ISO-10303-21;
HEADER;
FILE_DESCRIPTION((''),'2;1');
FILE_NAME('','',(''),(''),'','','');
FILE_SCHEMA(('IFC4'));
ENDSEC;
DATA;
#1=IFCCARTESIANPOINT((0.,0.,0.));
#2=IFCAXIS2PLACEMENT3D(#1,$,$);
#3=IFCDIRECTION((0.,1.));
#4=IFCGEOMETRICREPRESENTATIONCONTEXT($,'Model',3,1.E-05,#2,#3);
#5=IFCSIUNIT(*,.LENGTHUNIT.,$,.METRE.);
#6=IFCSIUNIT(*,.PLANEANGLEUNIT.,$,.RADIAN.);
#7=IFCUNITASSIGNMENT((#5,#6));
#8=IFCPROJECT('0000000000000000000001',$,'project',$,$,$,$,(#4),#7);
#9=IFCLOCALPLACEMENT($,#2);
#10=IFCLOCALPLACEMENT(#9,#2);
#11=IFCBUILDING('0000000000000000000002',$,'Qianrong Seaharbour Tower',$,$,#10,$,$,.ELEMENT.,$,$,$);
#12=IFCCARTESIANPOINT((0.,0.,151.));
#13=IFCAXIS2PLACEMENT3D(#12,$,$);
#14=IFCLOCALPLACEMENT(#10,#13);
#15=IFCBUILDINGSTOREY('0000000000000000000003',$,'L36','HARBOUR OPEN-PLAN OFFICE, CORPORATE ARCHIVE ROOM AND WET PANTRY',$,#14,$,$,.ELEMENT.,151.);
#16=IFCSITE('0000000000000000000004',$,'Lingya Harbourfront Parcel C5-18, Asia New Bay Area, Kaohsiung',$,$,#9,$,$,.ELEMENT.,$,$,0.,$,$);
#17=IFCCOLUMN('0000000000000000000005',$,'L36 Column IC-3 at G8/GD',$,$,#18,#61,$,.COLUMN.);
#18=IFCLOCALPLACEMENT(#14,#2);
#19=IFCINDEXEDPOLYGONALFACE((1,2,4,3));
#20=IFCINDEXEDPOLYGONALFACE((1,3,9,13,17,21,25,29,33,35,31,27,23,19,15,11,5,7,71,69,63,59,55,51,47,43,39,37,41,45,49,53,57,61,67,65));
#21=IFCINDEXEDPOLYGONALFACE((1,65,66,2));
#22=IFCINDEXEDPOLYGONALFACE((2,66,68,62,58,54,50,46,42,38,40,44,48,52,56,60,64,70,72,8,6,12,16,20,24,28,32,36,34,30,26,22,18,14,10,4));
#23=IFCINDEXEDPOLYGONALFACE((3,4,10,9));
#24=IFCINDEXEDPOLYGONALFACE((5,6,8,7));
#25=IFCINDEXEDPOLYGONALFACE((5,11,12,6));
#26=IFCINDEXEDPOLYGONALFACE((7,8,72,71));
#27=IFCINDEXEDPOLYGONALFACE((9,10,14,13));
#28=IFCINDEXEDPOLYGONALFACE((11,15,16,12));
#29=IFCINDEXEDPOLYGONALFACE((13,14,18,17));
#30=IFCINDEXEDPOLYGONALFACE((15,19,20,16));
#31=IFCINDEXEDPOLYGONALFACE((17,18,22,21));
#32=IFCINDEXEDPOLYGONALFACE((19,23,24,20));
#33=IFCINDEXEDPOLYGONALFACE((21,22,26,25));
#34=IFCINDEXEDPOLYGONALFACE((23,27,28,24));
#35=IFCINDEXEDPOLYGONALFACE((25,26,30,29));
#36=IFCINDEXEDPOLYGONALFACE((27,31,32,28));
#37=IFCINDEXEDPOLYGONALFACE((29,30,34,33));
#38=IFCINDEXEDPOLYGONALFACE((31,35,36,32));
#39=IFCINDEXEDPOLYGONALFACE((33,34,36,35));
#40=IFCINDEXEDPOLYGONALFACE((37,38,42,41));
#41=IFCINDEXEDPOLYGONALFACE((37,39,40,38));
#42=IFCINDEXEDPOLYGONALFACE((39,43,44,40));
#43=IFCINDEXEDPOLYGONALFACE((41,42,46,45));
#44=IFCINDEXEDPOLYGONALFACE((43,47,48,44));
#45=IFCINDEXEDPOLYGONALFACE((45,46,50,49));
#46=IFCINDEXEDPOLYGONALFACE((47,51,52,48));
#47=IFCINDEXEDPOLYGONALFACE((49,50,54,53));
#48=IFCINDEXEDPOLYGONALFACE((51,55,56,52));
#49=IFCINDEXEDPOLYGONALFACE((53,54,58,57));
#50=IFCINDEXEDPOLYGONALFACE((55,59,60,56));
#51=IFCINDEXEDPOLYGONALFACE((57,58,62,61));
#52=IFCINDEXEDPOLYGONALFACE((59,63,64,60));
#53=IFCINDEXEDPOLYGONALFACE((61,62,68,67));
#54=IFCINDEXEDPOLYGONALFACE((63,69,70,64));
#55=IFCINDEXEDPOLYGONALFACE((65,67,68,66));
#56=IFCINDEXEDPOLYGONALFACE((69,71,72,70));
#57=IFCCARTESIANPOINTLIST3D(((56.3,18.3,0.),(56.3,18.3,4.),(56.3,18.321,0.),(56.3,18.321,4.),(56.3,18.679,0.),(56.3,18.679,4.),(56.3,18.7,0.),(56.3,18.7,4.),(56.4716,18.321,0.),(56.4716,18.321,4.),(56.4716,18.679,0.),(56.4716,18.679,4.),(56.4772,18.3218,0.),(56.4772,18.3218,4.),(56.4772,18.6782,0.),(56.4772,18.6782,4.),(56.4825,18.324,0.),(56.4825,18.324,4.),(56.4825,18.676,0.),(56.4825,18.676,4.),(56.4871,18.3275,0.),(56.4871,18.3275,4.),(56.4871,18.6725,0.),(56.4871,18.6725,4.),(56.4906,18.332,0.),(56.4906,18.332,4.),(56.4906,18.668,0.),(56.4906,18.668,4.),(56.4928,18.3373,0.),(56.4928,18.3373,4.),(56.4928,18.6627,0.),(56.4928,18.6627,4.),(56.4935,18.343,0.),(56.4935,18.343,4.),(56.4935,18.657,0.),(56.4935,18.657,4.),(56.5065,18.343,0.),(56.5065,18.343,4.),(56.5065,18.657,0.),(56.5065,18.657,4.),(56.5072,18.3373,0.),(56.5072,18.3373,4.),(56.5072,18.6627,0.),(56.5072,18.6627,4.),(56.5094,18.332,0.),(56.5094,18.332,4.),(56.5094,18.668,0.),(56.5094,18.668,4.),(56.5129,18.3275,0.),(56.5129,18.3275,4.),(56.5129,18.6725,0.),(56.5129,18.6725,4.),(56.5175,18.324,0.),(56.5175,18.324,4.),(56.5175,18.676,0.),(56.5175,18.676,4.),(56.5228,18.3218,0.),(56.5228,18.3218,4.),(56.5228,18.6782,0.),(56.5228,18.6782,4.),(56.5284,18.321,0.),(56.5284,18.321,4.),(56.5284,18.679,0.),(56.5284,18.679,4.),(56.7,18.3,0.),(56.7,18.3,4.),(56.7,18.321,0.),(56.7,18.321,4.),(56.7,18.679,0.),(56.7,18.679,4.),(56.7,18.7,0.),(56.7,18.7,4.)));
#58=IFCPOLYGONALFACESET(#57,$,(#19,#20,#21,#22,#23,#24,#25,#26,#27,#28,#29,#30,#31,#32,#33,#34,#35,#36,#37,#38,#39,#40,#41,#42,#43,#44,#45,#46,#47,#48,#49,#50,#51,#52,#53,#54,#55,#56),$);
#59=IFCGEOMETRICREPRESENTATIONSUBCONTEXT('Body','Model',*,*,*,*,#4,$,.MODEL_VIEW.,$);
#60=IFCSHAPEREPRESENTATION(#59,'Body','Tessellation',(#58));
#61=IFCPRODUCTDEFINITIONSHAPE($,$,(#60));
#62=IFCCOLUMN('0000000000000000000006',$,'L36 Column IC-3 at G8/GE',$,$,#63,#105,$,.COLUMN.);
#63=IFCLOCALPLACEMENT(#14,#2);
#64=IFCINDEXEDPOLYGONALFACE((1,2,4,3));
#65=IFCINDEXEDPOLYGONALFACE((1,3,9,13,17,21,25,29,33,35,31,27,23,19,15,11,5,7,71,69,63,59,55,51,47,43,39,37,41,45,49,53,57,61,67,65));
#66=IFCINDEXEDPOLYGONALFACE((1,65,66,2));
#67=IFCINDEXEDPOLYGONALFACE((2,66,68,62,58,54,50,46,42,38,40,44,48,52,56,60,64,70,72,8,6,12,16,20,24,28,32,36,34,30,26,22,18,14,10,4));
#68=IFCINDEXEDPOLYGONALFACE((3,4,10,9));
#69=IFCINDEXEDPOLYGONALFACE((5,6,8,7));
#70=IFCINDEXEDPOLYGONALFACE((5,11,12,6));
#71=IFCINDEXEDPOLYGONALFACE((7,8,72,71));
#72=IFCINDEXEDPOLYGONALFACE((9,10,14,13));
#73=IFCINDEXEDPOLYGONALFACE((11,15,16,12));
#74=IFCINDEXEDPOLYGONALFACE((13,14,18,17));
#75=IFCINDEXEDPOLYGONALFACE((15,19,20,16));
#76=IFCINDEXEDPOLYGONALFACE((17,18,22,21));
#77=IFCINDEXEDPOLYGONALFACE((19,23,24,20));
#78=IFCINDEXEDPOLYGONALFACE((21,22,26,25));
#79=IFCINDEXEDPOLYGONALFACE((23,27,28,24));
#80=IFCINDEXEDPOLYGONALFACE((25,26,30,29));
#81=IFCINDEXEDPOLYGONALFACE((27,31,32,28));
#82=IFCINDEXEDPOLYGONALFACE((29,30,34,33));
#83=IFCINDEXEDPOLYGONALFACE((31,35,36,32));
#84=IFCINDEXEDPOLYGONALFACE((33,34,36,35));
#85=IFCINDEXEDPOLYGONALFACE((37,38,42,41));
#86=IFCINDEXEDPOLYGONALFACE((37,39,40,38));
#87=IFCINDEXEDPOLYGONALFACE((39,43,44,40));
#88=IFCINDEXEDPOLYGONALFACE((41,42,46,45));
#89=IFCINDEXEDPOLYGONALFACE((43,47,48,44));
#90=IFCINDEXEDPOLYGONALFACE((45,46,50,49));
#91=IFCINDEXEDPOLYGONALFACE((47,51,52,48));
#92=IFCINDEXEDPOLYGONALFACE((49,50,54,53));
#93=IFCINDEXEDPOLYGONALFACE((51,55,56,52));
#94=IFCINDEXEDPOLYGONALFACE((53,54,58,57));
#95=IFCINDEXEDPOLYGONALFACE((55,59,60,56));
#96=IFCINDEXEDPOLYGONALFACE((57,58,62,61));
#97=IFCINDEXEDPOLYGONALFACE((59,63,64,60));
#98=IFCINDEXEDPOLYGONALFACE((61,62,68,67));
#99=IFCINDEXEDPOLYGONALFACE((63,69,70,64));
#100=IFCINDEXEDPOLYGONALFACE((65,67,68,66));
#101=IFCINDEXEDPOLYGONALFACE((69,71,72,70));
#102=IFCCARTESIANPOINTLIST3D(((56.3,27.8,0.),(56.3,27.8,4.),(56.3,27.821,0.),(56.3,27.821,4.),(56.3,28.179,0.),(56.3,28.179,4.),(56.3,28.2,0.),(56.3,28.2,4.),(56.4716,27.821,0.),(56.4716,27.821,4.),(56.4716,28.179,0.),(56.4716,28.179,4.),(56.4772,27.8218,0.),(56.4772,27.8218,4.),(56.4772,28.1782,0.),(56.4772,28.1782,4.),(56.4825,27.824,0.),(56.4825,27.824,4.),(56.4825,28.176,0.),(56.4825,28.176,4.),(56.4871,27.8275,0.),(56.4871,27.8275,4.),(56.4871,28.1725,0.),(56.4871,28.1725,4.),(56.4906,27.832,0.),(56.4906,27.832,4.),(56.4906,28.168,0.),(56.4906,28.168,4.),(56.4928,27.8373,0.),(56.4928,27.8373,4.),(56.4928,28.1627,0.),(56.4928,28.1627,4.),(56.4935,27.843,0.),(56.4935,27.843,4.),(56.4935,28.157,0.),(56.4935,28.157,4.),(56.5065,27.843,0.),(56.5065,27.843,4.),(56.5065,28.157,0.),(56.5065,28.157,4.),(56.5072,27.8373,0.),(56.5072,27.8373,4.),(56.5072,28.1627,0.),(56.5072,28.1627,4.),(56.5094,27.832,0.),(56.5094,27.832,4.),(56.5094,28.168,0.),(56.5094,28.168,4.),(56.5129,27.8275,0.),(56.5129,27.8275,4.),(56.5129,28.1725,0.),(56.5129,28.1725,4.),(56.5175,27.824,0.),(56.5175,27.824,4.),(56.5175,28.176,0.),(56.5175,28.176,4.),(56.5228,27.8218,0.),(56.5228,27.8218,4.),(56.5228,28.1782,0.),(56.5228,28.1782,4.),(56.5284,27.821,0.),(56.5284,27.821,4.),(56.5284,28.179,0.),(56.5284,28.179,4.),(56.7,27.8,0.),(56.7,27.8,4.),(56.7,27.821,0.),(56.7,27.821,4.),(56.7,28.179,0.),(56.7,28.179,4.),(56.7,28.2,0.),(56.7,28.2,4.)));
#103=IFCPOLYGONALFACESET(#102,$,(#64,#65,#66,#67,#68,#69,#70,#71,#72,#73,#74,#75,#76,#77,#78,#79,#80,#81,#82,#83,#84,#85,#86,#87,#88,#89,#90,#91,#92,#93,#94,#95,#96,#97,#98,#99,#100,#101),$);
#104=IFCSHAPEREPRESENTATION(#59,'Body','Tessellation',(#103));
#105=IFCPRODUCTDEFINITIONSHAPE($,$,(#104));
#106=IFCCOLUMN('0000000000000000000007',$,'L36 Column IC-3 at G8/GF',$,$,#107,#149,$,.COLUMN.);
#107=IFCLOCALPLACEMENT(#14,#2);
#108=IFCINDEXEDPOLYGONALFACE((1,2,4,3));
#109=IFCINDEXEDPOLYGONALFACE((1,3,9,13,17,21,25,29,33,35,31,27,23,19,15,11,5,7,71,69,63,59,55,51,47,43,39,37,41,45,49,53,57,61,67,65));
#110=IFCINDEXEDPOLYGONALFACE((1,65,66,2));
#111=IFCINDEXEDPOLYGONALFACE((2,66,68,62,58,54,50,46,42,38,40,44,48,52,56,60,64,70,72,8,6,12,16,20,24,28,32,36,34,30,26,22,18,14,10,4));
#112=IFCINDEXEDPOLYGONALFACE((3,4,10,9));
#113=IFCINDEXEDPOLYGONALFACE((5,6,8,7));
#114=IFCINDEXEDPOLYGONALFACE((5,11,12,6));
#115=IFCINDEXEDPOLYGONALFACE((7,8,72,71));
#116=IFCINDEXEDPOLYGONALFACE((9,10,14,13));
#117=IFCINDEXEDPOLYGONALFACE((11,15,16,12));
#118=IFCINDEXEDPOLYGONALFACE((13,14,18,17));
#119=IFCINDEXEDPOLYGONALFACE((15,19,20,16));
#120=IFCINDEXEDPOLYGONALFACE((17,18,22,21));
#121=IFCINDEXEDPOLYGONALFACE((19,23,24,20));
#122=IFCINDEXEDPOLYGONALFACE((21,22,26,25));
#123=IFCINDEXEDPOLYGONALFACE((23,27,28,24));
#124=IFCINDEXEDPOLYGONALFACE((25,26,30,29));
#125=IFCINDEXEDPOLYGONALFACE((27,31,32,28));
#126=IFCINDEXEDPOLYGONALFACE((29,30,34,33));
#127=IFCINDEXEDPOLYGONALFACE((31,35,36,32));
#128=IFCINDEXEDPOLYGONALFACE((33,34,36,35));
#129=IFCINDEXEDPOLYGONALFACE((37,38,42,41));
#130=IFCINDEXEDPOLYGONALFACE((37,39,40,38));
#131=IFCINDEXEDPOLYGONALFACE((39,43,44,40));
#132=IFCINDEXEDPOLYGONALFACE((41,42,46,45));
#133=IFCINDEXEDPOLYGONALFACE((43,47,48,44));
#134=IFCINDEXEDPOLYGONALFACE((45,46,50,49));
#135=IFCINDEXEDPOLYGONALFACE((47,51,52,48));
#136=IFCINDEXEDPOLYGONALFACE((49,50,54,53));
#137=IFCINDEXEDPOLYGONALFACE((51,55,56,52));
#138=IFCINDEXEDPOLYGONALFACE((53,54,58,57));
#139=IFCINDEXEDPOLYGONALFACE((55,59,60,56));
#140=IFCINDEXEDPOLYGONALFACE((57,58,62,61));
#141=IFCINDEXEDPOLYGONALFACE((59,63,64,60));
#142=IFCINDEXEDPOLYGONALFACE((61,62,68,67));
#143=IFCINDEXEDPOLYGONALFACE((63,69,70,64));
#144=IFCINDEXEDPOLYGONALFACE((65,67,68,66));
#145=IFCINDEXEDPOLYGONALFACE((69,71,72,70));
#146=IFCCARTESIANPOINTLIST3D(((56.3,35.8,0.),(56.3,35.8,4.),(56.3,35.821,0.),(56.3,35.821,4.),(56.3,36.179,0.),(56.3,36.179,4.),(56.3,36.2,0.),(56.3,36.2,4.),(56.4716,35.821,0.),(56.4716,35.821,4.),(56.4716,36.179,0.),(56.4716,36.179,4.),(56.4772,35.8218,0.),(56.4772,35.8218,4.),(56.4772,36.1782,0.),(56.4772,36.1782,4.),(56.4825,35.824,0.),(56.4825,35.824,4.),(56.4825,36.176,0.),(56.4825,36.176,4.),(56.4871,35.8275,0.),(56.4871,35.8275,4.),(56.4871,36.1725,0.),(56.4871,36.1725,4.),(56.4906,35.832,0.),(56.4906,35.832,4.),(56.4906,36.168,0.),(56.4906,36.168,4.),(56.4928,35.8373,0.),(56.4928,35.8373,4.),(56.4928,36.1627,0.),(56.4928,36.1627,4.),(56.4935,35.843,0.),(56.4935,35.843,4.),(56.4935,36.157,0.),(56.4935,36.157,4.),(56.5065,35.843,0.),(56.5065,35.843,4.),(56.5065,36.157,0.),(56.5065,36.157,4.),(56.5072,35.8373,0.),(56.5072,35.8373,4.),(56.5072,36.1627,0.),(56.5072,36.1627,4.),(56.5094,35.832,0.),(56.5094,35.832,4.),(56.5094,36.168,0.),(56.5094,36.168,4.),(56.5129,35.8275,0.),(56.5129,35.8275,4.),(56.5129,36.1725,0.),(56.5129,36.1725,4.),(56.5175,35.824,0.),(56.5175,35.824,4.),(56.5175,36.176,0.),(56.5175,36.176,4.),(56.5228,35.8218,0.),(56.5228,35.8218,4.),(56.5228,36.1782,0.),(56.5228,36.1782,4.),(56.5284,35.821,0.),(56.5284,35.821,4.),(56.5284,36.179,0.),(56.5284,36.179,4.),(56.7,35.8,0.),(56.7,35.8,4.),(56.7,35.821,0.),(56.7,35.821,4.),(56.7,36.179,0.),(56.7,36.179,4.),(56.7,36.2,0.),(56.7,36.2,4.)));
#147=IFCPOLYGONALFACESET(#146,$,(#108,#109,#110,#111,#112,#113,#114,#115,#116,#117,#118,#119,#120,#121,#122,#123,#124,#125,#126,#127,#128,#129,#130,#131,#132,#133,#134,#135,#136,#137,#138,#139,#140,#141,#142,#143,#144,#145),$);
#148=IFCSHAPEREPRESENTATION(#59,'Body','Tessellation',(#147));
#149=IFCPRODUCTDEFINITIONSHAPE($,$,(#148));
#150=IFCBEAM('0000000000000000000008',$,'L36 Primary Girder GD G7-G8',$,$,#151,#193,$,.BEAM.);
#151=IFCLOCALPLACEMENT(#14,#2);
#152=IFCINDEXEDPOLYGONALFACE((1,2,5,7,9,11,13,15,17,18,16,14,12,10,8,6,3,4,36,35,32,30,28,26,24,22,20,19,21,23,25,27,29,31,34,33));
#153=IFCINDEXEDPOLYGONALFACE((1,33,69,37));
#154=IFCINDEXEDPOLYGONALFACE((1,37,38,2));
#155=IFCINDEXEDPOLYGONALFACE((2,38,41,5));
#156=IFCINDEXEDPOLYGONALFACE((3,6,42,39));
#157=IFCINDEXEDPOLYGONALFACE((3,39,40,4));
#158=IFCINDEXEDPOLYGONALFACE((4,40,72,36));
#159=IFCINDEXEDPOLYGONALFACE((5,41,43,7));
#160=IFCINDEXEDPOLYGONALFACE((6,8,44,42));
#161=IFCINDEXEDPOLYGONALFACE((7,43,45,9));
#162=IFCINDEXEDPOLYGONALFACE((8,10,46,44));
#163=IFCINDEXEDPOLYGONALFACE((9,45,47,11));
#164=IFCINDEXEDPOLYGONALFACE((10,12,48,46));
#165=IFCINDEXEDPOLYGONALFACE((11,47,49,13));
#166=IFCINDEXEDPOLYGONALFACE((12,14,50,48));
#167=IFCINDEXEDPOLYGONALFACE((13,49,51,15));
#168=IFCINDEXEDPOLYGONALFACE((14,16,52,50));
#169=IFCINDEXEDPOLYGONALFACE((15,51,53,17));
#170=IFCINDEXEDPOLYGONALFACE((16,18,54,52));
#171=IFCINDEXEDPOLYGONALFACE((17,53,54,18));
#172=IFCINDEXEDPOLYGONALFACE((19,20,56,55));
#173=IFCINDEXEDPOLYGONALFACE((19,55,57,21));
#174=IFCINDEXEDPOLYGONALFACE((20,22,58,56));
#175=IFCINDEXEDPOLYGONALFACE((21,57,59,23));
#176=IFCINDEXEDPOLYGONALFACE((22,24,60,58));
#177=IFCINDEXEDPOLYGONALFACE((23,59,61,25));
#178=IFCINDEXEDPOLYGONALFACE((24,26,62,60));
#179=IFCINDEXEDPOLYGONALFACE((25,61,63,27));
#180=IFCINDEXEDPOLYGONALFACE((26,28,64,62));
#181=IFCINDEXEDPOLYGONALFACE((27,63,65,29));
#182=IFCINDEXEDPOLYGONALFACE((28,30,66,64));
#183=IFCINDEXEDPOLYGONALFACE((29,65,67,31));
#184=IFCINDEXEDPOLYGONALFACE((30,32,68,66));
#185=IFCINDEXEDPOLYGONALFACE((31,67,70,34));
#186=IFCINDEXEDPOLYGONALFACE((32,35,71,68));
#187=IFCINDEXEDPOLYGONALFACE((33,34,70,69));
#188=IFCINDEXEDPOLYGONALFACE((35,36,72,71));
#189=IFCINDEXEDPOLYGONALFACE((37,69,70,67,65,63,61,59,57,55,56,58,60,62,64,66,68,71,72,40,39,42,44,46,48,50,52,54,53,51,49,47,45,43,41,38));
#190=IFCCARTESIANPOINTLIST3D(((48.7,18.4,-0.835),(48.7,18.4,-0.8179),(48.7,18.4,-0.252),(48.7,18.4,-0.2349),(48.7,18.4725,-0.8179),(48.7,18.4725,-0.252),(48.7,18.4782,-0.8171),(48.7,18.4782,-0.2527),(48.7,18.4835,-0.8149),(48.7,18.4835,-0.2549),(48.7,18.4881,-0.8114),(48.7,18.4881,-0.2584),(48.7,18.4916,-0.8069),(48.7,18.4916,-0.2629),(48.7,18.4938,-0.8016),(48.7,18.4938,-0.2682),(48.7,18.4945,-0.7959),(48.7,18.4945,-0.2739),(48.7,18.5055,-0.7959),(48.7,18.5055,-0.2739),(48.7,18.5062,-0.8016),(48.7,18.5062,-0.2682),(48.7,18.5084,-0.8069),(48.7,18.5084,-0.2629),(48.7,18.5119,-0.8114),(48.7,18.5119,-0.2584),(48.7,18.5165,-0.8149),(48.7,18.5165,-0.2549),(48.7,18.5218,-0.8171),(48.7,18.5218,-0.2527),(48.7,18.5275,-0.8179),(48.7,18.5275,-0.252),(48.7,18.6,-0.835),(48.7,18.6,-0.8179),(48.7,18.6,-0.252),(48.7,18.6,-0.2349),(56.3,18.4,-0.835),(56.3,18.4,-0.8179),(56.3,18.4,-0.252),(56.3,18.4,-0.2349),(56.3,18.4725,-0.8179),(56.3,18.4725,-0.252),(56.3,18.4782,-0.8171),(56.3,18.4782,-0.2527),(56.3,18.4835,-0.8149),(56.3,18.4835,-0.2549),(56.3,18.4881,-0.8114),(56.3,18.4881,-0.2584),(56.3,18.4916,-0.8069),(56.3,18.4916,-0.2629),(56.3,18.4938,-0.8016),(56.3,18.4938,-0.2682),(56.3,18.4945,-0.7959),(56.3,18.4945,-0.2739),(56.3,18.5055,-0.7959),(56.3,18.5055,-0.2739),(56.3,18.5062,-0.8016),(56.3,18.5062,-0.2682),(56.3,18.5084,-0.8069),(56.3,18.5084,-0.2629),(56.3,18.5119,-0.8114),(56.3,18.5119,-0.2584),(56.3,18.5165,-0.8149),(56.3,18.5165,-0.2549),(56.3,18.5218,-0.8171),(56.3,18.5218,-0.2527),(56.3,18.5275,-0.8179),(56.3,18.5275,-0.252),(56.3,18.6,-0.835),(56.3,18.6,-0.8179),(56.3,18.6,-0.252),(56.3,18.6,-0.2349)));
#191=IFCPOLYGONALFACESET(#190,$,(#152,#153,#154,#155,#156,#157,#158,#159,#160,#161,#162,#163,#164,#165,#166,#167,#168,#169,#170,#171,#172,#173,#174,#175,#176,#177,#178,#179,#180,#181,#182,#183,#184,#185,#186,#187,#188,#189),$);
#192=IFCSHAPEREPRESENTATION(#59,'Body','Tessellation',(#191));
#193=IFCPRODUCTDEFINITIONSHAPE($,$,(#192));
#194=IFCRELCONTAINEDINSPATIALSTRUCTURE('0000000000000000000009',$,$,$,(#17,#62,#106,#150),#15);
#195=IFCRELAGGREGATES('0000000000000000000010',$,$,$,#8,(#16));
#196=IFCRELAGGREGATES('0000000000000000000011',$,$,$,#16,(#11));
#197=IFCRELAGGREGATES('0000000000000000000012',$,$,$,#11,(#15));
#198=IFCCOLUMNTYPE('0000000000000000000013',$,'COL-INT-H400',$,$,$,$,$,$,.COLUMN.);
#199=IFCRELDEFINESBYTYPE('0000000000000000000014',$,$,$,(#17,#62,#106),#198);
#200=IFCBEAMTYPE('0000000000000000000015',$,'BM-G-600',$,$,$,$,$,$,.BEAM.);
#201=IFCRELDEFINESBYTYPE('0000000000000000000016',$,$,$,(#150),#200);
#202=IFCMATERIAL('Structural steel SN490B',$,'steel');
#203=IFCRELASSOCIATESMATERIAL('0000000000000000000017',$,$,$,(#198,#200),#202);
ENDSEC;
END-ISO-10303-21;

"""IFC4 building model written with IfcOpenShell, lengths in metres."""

from ifc_helpers import new_model, si_unit, direction, frame, origin, origin_2d, place, context, subcontext, project, spatial, i_section, extrude, material, material_profile, profile_set, type_object, element, save


model = new_model("IFC4")

# Units and contexts
model_context = context("Model", 3, precision=1e-05, world=origin(), true_north=direction((0.0, 1.0)))
body_context = subcontext(model_context, "Body", "Model", "MODEL_VIEW")
ifc_project = project(units=[si_unit("LENGTHUNIT", "METRE"), si_unit("PLANEANGLEUNIT", "RADIAN")], contexts=[model_context])

# Site, building, storey
site_placement = place(None, origin())
site = spatial("IfcSite", under=ifc_project, at=site_placement, Name="Lingya Harbourfront Parcel C5-18, Asia New Bay Area, Kaohsiung", CompositionType="ELEMENT", RefElevation=0.0)
building_placement = place(site_placement, origin())
building = spatial("IfcBuilding", under=site, at=building_placement, Name="Qianrong Seaharbour Tower", CompositionType="ELEMENT")
storey_placement = place(building_placement, frame((0.0, 0.0, 151.0)))
storey = spatial("IfcBuildingStorey", under=building, at=storey_placement, Name="L36", Description="HARBOUR OPEN-PLAN OFFICE, CORPORATE ARCHIVE ROOM AND WET PANTRY", CompositionType="ELEMENT", Elevation=151.0)

# Columns
ifc_material_1 = material(Name="Structural steel SN490B", Category="steel")
ifc_material_profile_1 = material_profile(ifc_material_1, i_section(OverallWidth=0.3999, OverallDepth=0.3999, WebThickness=0.0129, FlangeThickness=0.021, FilletRadius=0.022, at=origin_2d()), Name="H400x400x13x21")
ifc_profile_set_1 = profile_set([ifc_material_profile_1], Name="Structural steel SN490B")
column_type_1 = type_object("IfcColumnType", Name="COL-INT-H400", PredefinedType="COLUMN", material=ifc_profile_set_1)
for number, where, z_axis, x_axis, name in (
    (1, (56.5, 18.5, 0.0), (0.0, 0.0, 1.0), (1.0, 0.0, 0.0), "L36 Column IC-3 at G8/GD"),
    (2, (56.5, 28.0, 0.0), (0.0, 0.0, 1.0), (1.0, 0.0, 0.0), "L36 Column IC-3 at G8/GE"),
    (3, (56.5, 36.0, 0.0), (0.0, 0.0, 1.0), (1.0, 0.0, 0.0), "L36 Column IC-3 at G8/GF"),
):
    element("IfcColumn", number, at=place(storey_placement, frame(where, z_axis=z_axis, x_axis=x_axis)), inside=storey, type_object=column_type_1, Name=name, PredefinedType="COLUMN", context=body_context, shape_type="SweptSolid", body=[
        extrude(i_section(OverallWidth=0.3999, OverallDepth=0.3999, WebThickness=0.0129, FlangeThickness=0.021, FilletRadius=0.022, at=origin_2d()), origin(), (0.0, 0.0, 1.0), 4.0),
    ])

# Beam
ifc_material_profile_2 = material_profile(ifc_material_1, i_section(OverallWidth=0.2, OverallDepth=0.6001, WebThickness=0.011, FlangeThickness=0.0171, FilletRadius=0.022, at=origin_2d()), Name="H600x200x11x17")
ifc_profile_set_2 = profile_set([ifc_material_profile_2], Name="Structural steel SN490B")
beam_type_1 = type_object("IfcBeamType", Name="BM-G-600", PredefinedType="BEAM", material=ifc_profile_set_2)
beam_1_placement = place(storey_placement, frame((48.7, 18.5, -0.5349), z_axis=(1.0, 0.0, 0.0), x_axis=(0.0, 1.0, 0.0)))
element("IfcBeam", 4, at=beam_1_placement, inside=storey, type_object=beam_type_1, Name="L36 Primary Girder GD G7-G8", PredefinedType="BEAM", context=body_context, shape_type="SweptSolid", body=[
    extrude(i_section(OverallWidth=0.2, OverallDepth=0.6001, WebThickness=0.011, FlangeThickness=0.0171, FilletRadius=0.022, at=origin_2d()), origin(), (0.0, 0.0, 1.0), 7.6001),
])

save(model, "model.ifc")
